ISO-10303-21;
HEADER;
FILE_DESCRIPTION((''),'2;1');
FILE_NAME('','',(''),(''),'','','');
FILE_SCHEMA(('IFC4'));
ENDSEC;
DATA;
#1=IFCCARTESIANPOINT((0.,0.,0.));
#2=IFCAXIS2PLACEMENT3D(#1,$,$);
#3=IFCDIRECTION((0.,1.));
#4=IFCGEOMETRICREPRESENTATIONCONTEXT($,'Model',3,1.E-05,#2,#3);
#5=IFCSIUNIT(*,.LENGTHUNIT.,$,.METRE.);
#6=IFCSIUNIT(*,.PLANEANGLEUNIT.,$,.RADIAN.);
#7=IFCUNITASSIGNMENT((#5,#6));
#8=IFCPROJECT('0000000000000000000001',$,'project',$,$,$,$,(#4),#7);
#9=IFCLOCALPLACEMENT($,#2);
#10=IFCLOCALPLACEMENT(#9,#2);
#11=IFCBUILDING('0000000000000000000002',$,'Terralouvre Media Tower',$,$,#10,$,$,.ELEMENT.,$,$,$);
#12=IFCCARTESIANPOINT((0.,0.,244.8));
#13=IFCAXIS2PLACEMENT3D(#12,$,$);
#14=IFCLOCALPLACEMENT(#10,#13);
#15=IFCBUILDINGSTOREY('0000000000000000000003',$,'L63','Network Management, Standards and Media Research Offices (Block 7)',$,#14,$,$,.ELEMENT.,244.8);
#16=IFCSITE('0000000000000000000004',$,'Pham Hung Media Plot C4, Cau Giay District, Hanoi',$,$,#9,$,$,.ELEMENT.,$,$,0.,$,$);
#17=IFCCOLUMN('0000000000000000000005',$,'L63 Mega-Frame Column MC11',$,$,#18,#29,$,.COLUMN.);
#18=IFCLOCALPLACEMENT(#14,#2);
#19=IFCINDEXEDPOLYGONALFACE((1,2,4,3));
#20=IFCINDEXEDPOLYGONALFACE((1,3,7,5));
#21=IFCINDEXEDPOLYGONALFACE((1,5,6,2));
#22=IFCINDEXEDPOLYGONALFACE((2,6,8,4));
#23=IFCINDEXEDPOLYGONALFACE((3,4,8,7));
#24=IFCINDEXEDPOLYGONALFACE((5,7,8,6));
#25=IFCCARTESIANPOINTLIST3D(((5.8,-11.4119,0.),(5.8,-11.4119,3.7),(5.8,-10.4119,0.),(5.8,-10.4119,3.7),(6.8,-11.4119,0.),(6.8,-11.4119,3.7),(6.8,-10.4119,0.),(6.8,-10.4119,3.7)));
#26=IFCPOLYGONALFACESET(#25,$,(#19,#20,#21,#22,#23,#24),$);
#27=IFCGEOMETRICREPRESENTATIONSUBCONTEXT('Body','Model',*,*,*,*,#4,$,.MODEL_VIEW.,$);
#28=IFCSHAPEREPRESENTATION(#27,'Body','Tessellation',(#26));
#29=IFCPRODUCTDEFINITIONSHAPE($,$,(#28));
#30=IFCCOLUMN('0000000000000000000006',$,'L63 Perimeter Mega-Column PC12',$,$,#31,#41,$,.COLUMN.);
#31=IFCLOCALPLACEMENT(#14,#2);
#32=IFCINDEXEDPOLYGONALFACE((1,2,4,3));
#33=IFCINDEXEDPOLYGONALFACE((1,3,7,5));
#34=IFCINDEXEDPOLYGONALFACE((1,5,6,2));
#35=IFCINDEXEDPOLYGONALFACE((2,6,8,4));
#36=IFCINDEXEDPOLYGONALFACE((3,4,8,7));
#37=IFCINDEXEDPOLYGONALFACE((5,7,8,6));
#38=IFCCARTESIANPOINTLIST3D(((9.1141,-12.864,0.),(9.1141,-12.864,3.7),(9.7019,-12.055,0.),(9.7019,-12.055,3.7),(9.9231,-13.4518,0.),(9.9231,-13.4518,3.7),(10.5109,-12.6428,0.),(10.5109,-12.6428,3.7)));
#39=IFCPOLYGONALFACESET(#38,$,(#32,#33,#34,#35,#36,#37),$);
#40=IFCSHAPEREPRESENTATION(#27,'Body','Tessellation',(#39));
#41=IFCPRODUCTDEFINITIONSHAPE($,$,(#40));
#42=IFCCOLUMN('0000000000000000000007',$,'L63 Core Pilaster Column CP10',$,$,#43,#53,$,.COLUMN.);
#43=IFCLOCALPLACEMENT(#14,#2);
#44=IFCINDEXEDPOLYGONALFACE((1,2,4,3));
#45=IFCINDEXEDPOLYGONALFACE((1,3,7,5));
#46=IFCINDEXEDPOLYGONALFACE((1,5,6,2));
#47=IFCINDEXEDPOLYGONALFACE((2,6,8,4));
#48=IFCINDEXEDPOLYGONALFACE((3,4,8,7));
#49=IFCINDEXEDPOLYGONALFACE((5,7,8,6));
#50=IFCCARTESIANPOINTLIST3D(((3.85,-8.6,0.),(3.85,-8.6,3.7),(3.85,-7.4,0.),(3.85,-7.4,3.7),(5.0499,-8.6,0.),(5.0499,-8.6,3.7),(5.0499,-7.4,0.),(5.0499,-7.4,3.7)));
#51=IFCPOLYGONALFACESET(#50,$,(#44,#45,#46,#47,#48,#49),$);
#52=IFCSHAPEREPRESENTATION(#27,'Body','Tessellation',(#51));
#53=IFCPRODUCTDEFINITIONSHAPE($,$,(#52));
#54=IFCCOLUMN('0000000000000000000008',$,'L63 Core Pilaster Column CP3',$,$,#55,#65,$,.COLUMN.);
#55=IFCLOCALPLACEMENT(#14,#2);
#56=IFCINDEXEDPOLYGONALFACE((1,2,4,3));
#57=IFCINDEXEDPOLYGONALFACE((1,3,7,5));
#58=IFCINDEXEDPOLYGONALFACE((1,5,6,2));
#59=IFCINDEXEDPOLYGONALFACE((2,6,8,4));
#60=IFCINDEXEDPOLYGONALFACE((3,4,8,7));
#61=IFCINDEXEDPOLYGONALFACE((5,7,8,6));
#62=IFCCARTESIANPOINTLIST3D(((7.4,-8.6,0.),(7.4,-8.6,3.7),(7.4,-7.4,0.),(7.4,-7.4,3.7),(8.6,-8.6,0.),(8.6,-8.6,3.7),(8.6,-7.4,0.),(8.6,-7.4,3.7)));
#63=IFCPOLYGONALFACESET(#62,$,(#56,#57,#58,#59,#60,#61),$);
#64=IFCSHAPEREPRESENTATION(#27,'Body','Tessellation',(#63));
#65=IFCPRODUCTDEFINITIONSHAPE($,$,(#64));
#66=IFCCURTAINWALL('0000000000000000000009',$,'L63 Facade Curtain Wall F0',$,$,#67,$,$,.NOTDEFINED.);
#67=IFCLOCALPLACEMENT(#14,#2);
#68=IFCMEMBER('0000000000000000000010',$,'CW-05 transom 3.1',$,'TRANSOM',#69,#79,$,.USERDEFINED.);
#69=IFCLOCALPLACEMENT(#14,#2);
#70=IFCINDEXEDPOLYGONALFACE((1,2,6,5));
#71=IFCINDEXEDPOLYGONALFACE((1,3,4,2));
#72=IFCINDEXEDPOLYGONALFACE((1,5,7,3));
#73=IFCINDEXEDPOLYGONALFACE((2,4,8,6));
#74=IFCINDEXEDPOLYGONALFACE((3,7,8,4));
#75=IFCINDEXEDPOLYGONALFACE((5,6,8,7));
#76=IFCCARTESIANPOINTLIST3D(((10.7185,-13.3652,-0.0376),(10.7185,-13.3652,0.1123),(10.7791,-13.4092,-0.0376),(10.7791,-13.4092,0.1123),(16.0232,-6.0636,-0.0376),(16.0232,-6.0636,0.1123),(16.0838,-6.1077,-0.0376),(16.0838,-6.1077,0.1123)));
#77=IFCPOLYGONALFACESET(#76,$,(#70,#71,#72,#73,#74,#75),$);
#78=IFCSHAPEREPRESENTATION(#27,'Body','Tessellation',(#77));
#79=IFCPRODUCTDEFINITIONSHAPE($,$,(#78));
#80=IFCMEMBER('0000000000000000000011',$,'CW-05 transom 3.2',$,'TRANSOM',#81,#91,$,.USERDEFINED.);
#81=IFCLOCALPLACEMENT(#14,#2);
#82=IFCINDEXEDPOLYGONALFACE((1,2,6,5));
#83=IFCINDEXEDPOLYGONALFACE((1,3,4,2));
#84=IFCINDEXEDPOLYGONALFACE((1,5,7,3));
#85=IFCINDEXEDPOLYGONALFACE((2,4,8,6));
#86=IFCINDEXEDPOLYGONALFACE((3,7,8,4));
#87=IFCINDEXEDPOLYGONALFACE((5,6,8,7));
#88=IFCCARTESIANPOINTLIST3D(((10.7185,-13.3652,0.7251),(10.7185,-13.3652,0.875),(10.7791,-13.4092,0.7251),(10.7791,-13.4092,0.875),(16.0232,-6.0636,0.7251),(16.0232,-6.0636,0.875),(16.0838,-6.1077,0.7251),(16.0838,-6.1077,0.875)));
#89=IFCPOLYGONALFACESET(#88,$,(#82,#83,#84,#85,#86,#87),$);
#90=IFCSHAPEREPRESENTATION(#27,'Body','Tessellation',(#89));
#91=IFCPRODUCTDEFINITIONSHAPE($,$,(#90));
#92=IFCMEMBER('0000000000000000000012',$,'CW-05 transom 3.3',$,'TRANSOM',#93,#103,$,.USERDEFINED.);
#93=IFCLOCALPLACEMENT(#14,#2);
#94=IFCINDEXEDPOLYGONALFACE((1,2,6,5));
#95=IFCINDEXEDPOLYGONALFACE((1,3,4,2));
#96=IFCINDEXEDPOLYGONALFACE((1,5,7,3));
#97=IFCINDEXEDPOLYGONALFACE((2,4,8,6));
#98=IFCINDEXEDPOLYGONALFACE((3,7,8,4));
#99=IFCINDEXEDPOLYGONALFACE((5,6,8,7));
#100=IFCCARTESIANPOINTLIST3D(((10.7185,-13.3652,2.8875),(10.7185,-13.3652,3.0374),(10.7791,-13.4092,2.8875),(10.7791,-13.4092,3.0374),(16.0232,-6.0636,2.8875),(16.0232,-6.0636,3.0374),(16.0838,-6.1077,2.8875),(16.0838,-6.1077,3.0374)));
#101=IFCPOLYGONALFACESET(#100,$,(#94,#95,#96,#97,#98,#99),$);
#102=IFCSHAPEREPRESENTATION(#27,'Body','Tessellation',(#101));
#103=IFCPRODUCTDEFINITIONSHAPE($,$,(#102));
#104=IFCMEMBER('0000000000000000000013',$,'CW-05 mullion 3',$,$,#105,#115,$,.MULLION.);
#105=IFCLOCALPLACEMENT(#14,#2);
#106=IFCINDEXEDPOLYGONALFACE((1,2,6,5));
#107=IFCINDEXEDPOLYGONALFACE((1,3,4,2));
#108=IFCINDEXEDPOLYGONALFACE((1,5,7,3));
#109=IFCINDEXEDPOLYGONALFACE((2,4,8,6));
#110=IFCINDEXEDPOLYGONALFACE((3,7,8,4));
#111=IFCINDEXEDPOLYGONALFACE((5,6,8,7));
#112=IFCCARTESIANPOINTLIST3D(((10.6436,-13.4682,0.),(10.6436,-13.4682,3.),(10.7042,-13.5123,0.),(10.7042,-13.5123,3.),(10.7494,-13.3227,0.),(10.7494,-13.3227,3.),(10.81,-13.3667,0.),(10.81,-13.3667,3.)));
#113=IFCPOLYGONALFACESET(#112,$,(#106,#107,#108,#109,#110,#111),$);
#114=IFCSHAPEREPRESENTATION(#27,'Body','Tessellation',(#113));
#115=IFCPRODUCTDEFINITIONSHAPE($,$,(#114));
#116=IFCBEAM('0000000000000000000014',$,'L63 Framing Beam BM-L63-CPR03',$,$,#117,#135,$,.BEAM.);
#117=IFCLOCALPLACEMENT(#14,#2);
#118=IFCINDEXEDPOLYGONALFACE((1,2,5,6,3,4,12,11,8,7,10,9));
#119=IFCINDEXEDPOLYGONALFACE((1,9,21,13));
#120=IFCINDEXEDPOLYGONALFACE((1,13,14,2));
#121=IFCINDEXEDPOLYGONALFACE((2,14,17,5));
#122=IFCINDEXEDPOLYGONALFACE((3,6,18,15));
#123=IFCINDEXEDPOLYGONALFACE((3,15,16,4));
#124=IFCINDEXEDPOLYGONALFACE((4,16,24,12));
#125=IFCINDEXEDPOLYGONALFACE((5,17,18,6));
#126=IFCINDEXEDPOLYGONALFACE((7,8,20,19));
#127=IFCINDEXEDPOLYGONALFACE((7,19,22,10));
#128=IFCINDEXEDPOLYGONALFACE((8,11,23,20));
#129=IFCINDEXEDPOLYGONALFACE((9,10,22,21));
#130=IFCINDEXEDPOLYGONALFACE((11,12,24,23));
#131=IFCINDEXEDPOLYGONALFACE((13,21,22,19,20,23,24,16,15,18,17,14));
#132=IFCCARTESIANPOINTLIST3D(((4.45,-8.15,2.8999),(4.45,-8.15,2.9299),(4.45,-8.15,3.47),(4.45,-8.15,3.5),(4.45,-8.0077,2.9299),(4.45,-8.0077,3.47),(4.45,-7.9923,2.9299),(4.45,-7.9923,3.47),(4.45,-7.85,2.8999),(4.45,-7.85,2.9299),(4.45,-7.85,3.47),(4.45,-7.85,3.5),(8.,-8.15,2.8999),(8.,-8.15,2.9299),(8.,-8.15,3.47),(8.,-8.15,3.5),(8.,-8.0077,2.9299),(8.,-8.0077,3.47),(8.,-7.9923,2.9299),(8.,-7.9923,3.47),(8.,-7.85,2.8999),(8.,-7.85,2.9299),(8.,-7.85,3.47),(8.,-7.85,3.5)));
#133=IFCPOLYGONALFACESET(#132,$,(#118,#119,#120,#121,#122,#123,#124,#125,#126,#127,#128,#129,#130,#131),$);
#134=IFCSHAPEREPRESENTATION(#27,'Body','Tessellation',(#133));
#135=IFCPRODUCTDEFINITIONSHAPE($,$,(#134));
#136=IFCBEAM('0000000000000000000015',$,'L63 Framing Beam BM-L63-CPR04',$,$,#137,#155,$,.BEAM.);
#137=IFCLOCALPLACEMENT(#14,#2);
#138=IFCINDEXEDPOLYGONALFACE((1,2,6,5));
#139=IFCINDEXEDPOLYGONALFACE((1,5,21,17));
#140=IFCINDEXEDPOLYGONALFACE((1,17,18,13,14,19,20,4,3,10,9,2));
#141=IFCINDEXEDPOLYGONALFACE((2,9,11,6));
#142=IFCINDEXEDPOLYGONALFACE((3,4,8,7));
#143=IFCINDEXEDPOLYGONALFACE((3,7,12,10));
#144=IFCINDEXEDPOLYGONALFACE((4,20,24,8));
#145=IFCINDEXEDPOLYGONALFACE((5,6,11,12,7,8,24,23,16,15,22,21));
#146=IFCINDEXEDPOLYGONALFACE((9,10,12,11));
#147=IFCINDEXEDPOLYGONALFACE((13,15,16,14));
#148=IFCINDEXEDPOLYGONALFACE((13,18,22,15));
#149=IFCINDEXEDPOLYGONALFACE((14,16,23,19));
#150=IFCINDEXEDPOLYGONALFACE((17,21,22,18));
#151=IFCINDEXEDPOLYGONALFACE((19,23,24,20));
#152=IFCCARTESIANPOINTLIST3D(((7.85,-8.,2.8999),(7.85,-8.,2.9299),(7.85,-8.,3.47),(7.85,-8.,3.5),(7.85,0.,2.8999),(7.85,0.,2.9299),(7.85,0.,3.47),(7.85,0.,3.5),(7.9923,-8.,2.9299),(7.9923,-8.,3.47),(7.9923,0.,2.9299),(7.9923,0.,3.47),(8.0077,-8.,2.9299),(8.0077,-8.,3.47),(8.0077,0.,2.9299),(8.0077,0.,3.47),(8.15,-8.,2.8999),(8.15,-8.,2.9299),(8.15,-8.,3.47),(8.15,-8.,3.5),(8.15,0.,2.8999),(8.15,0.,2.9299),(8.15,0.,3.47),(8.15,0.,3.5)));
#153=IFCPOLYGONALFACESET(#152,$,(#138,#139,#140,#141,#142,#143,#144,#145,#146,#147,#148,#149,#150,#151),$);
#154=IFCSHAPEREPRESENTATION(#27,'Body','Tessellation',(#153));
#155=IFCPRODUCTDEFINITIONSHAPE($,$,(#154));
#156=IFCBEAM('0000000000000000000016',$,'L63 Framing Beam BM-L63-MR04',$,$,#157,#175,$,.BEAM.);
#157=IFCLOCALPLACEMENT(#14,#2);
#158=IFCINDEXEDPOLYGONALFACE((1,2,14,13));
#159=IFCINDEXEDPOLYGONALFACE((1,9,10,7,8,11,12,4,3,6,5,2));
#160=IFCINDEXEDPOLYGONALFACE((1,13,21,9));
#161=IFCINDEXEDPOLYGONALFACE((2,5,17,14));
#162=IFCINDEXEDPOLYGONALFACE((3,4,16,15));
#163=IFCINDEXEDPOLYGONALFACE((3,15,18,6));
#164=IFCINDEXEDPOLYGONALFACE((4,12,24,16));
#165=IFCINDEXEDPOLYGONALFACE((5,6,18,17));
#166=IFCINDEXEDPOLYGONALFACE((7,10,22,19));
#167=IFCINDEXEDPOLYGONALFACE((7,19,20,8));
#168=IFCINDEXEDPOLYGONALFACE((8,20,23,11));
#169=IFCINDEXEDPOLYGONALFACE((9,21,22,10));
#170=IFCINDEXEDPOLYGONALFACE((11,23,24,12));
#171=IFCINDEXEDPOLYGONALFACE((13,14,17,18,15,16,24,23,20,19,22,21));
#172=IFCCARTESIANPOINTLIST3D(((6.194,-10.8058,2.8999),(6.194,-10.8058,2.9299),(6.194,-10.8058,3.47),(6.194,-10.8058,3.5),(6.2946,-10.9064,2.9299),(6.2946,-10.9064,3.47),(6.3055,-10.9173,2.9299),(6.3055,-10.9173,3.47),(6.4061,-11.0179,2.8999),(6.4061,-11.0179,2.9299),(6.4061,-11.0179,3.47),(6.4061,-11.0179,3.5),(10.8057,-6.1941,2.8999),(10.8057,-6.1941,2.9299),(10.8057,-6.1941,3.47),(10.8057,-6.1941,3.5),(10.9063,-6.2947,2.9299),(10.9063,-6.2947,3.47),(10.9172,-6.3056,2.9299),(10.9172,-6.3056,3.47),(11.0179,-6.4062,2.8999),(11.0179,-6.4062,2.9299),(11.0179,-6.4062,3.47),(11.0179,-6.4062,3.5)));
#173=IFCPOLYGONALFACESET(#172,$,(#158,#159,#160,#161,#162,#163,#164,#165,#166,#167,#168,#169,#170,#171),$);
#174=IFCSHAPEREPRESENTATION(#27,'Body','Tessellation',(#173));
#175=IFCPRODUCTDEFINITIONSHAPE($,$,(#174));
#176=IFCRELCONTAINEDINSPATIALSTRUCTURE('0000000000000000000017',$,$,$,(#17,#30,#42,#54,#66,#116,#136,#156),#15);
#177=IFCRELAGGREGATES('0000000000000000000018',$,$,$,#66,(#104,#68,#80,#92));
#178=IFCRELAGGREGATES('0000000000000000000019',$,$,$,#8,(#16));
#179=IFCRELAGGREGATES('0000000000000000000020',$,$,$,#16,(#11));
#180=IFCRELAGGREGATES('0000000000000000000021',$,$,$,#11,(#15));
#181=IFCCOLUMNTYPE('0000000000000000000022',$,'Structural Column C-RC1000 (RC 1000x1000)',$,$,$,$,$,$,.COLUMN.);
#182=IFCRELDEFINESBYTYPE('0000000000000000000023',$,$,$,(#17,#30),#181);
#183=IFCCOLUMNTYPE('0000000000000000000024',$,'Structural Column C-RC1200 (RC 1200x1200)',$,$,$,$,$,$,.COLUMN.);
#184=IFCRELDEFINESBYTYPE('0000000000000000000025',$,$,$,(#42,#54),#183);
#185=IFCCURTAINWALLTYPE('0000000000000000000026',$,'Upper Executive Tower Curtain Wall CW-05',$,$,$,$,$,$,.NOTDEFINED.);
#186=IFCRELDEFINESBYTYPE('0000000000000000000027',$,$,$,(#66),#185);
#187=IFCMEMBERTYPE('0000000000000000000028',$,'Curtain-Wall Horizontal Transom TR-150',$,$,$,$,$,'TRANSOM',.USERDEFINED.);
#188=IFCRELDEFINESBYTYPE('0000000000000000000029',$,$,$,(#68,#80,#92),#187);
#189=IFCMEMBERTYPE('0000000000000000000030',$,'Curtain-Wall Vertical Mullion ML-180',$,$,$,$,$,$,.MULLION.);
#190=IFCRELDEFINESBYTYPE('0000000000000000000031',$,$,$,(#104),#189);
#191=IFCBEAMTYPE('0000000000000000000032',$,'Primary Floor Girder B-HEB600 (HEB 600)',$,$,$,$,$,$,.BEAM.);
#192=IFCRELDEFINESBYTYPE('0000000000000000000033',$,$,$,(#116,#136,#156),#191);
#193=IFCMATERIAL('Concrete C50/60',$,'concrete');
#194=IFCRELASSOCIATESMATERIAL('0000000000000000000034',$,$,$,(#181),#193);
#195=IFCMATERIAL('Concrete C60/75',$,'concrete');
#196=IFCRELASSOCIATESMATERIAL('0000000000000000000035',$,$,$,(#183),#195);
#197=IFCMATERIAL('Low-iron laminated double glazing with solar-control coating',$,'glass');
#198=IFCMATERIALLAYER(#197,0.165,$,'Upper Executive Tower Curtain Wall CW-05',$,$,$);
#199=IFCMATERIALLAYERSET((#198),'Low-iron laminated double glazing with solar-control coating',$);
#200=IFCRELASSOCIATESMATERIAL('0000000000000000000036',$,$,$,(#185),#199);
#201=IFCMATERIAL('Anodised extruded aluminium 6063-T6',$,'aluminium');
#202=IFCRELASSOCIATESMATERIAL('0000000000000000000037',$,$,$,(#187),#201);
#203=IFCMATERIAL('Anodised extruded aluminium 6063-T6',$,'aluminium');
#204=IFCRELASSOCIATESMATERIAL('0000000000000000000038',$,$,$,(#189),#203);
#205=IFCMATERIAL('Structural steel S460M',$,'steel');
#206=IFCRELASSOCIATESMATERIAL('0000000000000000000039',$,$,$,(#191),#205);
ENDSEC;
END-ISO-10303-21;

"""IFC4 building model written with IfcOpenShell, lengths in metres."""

from ifc_helpers import new_model, si_unit, direction, frame, origin, origin_2d, place, context, subcontext, project, spatial, rectangle, i_section, extrude, material, layer, layer_set, material_profile, profile_set, type_object, element, aggregate, save


model = new_model("IFC4")

# Units and contexts
model_context = context("Model", 3, precision=1e-05, world=origin(), true_north=direction((0.0, 1.0)))
body_context = subcontext(model_context, "Body", "Model", "MODEL_VIEW")
ifc_project = project(units=[si_unit("LENGTHUNIT", "METRE"), si_unit("PLANEANGLEUNIT", "RADIAN")], contexts=[model_context])

# Site, building, storey
site_placement = place(None, origin())
site = spatial("IfcSite", under=ifc_project, at=site_placement, Name="Pham Hung Media Plot C4, Cau Giay District, Hanoi", CompositionType="ELEMENT", RefElevation=0.0)
building_placement = place(site_placement, origin())
building = spatial("IfcBuilding", under=site, at=building_placement, Name="Terralouvre Media Tower", CompositionType="ELEMENT")
storey_placement = place(building_placement, frame((0.0, 0.0, 244.8)))
storey = spatial("IfcBuildingStorey", under=building, at=storey_placement, Name="L63", Description="Network Management, Standards and Media Research Offices (Block 7)", CompositionType="ELEMENT", Elevation=244.8)

# Columns
ifc_material_1 = material(Name="Concrete C50/60", Category="concrete")
ifc_material_profile_1 = material_profile(ifc_material_1, rectangle(XDim=1.0, YDim=1.0, at=origin_2d()), Name="RC 1000x1000")
ifc_profile_set_1 = profile_set([ifc_material_profile_1], Name="Concrete C50/60")
column_type_1 = type_object("IfcColumnType", Name="Structural Column C-RC1000 (RC 1000x1000)", PredefinedType="COLUMN", material=ifc_profile_set_1)
for number, where, z_axis, x_axis, name in (
    (1, (6.3, -10.9119, 0.0), (0.0, 0.0, 1.0), (1.0, 0.0, 0.0), "L63 Mega-Frame Column MC11"),
    (2, (9.8125, -12.7534, 0.0), (0.0, 0.0, 1.0), (0.587785, 0.809017, 0.0), "L63 Perimeter Mega-Column PC12"),
):
    element("IfcColumn", number, at=place(storey_placement, frame(where, z_axis=z_axis, x_axis=x_axis)), inside=storey, type_object=column_type_1, Name=name, PredefinedType="COLUMN", context=body_context, shape_type="SweptSolid", body=[
        extrude(rectangle(XDim=1.0, YDim=1.0, at=origin_2d()), origin(), (0.0, 0.0, 1.0), 3.7),
    ])
ifc_material_2 = material(Name="Concrete C60/75", Category="concrete")
ifc_material_profile_2 = material_profile(ifc_material_2, rectangle(XDim=1.2, YDim=1.2, at=origin_2d()), Name="RC 1200x1200")
ifc_profile_set_2 = profile_set([ifc_material_profile_2], Name="Concrete C60/75")
column_type_2 = type_object("IfcColumnType", Name="Structural Column C-RC1200 (RC 1200x1200)", PredefinedType="COLUMN", material=ifc_profile_set_2)
for number, where, z_axis, x_axis, name in (
    (3, (4.45, -8.0, 0.0), (0.0, 0.0, 1.0), (1.0, 0.0, 0.0), "L63 Core Pilaster Column CP10"),
    (4, (8.0, -8.0, 0.0), (0.0, 0.0, 1.0), (1.0, 0.0, 0.0), "L63 Core Pilaster Column CP3"),
):
    element("IfcColumn", number, at=place(storey_placement, frame(where, z_axis=z_axis, x_axis=x_axis)), inside=storey, type_object=column_type_2, Name=name, PredefinedType="COLUMN", context=body_context, shape_type="SweptSolid", body=[
        extrude(rectangle(XDim=1.2, YDim=1.2, at=origin_2d()), origin(), (0.0, 0.0, 1.0), 3.7),
    ])

# Curtain wall, members
ifc_material_3 = material(Name="Low-iron laminated double glazing with solar-control coating", Category="glass")
ifc_layer_1 = layer(ifc_material_3, 0.165, Name="Upper Executive Tower Curtain Wall CW-05")
ifc_layer_set_1 = layer_set([ifc_layer_1], Name="Low-iron laminated double glazing with solar-control coating")
curtain_wall_type = type_object("IfcCurtainWallType", Name="Upper Executive Tower Curtain Wall CW-05", PredefinedType="NOTDEFINED", material=ifc_layer_set_1)
curtain_wall_placement = place(storey_placement, origin())
curtain_wall = element("IfcCurtainWall", 5, at=curtain_wall_placement, inside=storey, type_object=curtain_wall_type, Name="L63 Facade Curtain Wall F0", PredefinedType="NOTDEFINED")
ifc_material_4 = material(Name="Anodised extruded aluminium 6063-T6", Category="aluminium")
ifc_material_profile_3 = material_profile(ifc_material_4, rectangle(XDim=0.075, YDim=0.1499, at=origin_2d()), Name="ALU 75x150")
ifc_profile_set_3 = profile_set([ifc_material_profile_3], Name="Anodised extruded aluminium 6063-T6")
member_type_1 = type_object("IfcMemberType", Name="Curtain-Wall Horizontal Transom TR-150", ElementType="TRANSOM", PredefinedType="USERDEFINED", material=ifc_profile_set_3)
member_1_placement = place(storey_placement, frame((10.7488, -13.3872, 0.0374), z_axis=(0.587773, 0.809026, 0.0), x_axis=(-0.809026, 0.587773, 0.0)))
member_1 = element("IfcMember", 6, at=member_1_placement, type_object=member_type_1, Name="CW-05 transom 3.1", ObjectType="TRANSOM", PredefinedType="USERDEFINED", context=body_context, shape_type="SweptSolid", body=[
    extrude(rectangle(XDim=0.075, YDim=0.1499, at=origin_2d()), origin(), (0.0, 0.0, 1.0), 9.0251),
])
member_2_placement = place(storey_placement, frame((10.7488, -13.3872, 0.8), z_axis=(0.587773, 0.809026, 0.0), x_axis=(-0.809026, 0.587773, 0.0)))
member_2 = element("IfcMember", 7, at=member_2_placement, type_object=member_type_1, Name="CW-05 transom 3.2", ObjectType="TRANSOM", PredefinedType="USERDEFINED", context=body_context, shape_type="SweptSolid", body=[
    extrude(rectangle(XDim=0.075, YDim=0.1499, at=origin_2d()), origin(), (0.0, 0.0, 1.0), 9.0251),
])
member_3_placement = place(storey_placement, frame((10.7488, -13.3872, 2.9624), z_axis=(0.587773, 0.809026, 0.0), x_axis=(-0.809026, 0.587773, 0.0)))
member_3 = element("IfcMember", 8, at=member_3_placement, type_object=member_type_1, Name="CW-05 transom 3.3", ObjectType="TRANSOM", PredefinedType="USERDEFINED", context=body_context, shape_type="SweptSolid", body=[
    extrude(rectangle(XDim=0.075, YDim=0.1499, at=origin_2d()), origin(), (0.0, 0.0, 1.0), 9.0251),
])
ifc_material_5 = material(Name="Anodised extruded aluminium 6063-T6", Category="aluminium")
ifc_material_profile_4 = material_profile(ifc_material_5, rectangle(XDim=0.075, YDim=0.1799, at=origin_2d()), Name="ALU 75x180")
ifc_profile_set_4 = profile_set([ifc_material_profile_4], Name="Anodised extruded aluminium 6063-T6")
member_type_2 = type_object("IfcMemberType", Name="Curtain-Wall Vertical Mullion ML-180", PredefinedType="MULLION", material=ifc_profile_set_4)
member_4_placement = place(storey_placement, frame((10.7268, -13.4175, 0.0), z_axis=(0.0, 0.0, 1.0), x_axis=(-0.809017, 0.587785, 0.0)))
member_4 = element("IfcMember", 9, at=member_4_placement, type_object=member_type_2, Name="CW-05 mullion 3", PredefinedType="MULLION", context=body_context, shape_type="SweptSolid", body=[
    extrude(rectangle(XDim=0.075, YDim=0.1799, at=origin_2d()), origin(), (0.0, 0.0, 1.0), 3.0),
])

# Beams
ifc_material_6 = material(Name="Structural steel S460M", Category="steel")
ifc_material_profile_5 = material_profile(ifc_material_6, i_section(OverallWidth=0.3, OverallDepth=0.6001, WebThickness=0.0154, FlangeThickness=0.03, at=origin_2d()), Name="HEB 600")
ifc_profile_set_5 = profile_set([ifc_material_profile_5], Name="Structural steel S460M")
beam_type_1 = type_object("IfcBeamType", Name="Primary Floor Girder B-HEB600 (HEB 600)", PredefinedType="BEAM", material=ifc_profile_set_5)
beam_1_placement = place(storey_placement, frame((4.45, -8.0, 3.2), z_axis=(1.0, 0.0, 0.0), x_axis=(0.0, 1.0, 0.0)))
element("IfcBeam", 10, at=beam_1_placement, inside=storey, type_object=beam_type_1, Name="L63 Framing Beam BM-L63-CPR03", PredefinedType="BEAM", context=body_context, shape_type="SweptSolid", body=[
    extrude(i_section(OverallWidth=0.3, OverallDepth=0.6001, WebThickness=0.0154, FlangeThickness=0.03, at=origin_2d()), origin(), (0.0, 0.0, 1.0), 3.55),
])
beam_2_placement = place(storey_placement, frame((8.0, -8.0, 3.2), z_axis=(0.0, 1.0, 0.0), x_axis=(-1.0, 0.0, 0.0)))
element("IfcBeam", 11, at=beam_2_placement, inside=storey, type_object=beam_type_1, Name="L63 Framing Beam BM-L63-CPR04", PredefinedType="BEAM", context=body_context, shape_type="SweptSolid", body=[
    extrude(i_section(OverallWidth=0.3, OverallDepth=0.6001, WebThickness=0.0154, FlangeThickness=0.03, at=origin_2d()), origin(), (0.0, 0.0, 1.0), 8.0),
])
beam_3_placement = place(storey_placement, frame((6.3, -10.9119, 3.2), z_axis=(0.707107, 0.707107, 0.0), x_axis=(-0.707107, 0.707107, 0.0)))
element("IfcBeam", 12, at=beam_3_placement, inside=storey, type_object=beam_type_1, Name="L63 Framing Beam BM-L63-MR04", PredefinedType="BEAM", context=body_context, shape_type="SweptSolid", body=[
    extrude(i_section(OverallWidth=0.3, OverallDepth=0.6001, WebThickness=0.0154, FlangeThickness=0.03, at=origin_2d()), origin(), (0.0, 0.0, 1.0), 6.522),
])

aggregate(curtain_wall, [member_4, member_1, member_2, member_3])

save(model, "model.ifc")
